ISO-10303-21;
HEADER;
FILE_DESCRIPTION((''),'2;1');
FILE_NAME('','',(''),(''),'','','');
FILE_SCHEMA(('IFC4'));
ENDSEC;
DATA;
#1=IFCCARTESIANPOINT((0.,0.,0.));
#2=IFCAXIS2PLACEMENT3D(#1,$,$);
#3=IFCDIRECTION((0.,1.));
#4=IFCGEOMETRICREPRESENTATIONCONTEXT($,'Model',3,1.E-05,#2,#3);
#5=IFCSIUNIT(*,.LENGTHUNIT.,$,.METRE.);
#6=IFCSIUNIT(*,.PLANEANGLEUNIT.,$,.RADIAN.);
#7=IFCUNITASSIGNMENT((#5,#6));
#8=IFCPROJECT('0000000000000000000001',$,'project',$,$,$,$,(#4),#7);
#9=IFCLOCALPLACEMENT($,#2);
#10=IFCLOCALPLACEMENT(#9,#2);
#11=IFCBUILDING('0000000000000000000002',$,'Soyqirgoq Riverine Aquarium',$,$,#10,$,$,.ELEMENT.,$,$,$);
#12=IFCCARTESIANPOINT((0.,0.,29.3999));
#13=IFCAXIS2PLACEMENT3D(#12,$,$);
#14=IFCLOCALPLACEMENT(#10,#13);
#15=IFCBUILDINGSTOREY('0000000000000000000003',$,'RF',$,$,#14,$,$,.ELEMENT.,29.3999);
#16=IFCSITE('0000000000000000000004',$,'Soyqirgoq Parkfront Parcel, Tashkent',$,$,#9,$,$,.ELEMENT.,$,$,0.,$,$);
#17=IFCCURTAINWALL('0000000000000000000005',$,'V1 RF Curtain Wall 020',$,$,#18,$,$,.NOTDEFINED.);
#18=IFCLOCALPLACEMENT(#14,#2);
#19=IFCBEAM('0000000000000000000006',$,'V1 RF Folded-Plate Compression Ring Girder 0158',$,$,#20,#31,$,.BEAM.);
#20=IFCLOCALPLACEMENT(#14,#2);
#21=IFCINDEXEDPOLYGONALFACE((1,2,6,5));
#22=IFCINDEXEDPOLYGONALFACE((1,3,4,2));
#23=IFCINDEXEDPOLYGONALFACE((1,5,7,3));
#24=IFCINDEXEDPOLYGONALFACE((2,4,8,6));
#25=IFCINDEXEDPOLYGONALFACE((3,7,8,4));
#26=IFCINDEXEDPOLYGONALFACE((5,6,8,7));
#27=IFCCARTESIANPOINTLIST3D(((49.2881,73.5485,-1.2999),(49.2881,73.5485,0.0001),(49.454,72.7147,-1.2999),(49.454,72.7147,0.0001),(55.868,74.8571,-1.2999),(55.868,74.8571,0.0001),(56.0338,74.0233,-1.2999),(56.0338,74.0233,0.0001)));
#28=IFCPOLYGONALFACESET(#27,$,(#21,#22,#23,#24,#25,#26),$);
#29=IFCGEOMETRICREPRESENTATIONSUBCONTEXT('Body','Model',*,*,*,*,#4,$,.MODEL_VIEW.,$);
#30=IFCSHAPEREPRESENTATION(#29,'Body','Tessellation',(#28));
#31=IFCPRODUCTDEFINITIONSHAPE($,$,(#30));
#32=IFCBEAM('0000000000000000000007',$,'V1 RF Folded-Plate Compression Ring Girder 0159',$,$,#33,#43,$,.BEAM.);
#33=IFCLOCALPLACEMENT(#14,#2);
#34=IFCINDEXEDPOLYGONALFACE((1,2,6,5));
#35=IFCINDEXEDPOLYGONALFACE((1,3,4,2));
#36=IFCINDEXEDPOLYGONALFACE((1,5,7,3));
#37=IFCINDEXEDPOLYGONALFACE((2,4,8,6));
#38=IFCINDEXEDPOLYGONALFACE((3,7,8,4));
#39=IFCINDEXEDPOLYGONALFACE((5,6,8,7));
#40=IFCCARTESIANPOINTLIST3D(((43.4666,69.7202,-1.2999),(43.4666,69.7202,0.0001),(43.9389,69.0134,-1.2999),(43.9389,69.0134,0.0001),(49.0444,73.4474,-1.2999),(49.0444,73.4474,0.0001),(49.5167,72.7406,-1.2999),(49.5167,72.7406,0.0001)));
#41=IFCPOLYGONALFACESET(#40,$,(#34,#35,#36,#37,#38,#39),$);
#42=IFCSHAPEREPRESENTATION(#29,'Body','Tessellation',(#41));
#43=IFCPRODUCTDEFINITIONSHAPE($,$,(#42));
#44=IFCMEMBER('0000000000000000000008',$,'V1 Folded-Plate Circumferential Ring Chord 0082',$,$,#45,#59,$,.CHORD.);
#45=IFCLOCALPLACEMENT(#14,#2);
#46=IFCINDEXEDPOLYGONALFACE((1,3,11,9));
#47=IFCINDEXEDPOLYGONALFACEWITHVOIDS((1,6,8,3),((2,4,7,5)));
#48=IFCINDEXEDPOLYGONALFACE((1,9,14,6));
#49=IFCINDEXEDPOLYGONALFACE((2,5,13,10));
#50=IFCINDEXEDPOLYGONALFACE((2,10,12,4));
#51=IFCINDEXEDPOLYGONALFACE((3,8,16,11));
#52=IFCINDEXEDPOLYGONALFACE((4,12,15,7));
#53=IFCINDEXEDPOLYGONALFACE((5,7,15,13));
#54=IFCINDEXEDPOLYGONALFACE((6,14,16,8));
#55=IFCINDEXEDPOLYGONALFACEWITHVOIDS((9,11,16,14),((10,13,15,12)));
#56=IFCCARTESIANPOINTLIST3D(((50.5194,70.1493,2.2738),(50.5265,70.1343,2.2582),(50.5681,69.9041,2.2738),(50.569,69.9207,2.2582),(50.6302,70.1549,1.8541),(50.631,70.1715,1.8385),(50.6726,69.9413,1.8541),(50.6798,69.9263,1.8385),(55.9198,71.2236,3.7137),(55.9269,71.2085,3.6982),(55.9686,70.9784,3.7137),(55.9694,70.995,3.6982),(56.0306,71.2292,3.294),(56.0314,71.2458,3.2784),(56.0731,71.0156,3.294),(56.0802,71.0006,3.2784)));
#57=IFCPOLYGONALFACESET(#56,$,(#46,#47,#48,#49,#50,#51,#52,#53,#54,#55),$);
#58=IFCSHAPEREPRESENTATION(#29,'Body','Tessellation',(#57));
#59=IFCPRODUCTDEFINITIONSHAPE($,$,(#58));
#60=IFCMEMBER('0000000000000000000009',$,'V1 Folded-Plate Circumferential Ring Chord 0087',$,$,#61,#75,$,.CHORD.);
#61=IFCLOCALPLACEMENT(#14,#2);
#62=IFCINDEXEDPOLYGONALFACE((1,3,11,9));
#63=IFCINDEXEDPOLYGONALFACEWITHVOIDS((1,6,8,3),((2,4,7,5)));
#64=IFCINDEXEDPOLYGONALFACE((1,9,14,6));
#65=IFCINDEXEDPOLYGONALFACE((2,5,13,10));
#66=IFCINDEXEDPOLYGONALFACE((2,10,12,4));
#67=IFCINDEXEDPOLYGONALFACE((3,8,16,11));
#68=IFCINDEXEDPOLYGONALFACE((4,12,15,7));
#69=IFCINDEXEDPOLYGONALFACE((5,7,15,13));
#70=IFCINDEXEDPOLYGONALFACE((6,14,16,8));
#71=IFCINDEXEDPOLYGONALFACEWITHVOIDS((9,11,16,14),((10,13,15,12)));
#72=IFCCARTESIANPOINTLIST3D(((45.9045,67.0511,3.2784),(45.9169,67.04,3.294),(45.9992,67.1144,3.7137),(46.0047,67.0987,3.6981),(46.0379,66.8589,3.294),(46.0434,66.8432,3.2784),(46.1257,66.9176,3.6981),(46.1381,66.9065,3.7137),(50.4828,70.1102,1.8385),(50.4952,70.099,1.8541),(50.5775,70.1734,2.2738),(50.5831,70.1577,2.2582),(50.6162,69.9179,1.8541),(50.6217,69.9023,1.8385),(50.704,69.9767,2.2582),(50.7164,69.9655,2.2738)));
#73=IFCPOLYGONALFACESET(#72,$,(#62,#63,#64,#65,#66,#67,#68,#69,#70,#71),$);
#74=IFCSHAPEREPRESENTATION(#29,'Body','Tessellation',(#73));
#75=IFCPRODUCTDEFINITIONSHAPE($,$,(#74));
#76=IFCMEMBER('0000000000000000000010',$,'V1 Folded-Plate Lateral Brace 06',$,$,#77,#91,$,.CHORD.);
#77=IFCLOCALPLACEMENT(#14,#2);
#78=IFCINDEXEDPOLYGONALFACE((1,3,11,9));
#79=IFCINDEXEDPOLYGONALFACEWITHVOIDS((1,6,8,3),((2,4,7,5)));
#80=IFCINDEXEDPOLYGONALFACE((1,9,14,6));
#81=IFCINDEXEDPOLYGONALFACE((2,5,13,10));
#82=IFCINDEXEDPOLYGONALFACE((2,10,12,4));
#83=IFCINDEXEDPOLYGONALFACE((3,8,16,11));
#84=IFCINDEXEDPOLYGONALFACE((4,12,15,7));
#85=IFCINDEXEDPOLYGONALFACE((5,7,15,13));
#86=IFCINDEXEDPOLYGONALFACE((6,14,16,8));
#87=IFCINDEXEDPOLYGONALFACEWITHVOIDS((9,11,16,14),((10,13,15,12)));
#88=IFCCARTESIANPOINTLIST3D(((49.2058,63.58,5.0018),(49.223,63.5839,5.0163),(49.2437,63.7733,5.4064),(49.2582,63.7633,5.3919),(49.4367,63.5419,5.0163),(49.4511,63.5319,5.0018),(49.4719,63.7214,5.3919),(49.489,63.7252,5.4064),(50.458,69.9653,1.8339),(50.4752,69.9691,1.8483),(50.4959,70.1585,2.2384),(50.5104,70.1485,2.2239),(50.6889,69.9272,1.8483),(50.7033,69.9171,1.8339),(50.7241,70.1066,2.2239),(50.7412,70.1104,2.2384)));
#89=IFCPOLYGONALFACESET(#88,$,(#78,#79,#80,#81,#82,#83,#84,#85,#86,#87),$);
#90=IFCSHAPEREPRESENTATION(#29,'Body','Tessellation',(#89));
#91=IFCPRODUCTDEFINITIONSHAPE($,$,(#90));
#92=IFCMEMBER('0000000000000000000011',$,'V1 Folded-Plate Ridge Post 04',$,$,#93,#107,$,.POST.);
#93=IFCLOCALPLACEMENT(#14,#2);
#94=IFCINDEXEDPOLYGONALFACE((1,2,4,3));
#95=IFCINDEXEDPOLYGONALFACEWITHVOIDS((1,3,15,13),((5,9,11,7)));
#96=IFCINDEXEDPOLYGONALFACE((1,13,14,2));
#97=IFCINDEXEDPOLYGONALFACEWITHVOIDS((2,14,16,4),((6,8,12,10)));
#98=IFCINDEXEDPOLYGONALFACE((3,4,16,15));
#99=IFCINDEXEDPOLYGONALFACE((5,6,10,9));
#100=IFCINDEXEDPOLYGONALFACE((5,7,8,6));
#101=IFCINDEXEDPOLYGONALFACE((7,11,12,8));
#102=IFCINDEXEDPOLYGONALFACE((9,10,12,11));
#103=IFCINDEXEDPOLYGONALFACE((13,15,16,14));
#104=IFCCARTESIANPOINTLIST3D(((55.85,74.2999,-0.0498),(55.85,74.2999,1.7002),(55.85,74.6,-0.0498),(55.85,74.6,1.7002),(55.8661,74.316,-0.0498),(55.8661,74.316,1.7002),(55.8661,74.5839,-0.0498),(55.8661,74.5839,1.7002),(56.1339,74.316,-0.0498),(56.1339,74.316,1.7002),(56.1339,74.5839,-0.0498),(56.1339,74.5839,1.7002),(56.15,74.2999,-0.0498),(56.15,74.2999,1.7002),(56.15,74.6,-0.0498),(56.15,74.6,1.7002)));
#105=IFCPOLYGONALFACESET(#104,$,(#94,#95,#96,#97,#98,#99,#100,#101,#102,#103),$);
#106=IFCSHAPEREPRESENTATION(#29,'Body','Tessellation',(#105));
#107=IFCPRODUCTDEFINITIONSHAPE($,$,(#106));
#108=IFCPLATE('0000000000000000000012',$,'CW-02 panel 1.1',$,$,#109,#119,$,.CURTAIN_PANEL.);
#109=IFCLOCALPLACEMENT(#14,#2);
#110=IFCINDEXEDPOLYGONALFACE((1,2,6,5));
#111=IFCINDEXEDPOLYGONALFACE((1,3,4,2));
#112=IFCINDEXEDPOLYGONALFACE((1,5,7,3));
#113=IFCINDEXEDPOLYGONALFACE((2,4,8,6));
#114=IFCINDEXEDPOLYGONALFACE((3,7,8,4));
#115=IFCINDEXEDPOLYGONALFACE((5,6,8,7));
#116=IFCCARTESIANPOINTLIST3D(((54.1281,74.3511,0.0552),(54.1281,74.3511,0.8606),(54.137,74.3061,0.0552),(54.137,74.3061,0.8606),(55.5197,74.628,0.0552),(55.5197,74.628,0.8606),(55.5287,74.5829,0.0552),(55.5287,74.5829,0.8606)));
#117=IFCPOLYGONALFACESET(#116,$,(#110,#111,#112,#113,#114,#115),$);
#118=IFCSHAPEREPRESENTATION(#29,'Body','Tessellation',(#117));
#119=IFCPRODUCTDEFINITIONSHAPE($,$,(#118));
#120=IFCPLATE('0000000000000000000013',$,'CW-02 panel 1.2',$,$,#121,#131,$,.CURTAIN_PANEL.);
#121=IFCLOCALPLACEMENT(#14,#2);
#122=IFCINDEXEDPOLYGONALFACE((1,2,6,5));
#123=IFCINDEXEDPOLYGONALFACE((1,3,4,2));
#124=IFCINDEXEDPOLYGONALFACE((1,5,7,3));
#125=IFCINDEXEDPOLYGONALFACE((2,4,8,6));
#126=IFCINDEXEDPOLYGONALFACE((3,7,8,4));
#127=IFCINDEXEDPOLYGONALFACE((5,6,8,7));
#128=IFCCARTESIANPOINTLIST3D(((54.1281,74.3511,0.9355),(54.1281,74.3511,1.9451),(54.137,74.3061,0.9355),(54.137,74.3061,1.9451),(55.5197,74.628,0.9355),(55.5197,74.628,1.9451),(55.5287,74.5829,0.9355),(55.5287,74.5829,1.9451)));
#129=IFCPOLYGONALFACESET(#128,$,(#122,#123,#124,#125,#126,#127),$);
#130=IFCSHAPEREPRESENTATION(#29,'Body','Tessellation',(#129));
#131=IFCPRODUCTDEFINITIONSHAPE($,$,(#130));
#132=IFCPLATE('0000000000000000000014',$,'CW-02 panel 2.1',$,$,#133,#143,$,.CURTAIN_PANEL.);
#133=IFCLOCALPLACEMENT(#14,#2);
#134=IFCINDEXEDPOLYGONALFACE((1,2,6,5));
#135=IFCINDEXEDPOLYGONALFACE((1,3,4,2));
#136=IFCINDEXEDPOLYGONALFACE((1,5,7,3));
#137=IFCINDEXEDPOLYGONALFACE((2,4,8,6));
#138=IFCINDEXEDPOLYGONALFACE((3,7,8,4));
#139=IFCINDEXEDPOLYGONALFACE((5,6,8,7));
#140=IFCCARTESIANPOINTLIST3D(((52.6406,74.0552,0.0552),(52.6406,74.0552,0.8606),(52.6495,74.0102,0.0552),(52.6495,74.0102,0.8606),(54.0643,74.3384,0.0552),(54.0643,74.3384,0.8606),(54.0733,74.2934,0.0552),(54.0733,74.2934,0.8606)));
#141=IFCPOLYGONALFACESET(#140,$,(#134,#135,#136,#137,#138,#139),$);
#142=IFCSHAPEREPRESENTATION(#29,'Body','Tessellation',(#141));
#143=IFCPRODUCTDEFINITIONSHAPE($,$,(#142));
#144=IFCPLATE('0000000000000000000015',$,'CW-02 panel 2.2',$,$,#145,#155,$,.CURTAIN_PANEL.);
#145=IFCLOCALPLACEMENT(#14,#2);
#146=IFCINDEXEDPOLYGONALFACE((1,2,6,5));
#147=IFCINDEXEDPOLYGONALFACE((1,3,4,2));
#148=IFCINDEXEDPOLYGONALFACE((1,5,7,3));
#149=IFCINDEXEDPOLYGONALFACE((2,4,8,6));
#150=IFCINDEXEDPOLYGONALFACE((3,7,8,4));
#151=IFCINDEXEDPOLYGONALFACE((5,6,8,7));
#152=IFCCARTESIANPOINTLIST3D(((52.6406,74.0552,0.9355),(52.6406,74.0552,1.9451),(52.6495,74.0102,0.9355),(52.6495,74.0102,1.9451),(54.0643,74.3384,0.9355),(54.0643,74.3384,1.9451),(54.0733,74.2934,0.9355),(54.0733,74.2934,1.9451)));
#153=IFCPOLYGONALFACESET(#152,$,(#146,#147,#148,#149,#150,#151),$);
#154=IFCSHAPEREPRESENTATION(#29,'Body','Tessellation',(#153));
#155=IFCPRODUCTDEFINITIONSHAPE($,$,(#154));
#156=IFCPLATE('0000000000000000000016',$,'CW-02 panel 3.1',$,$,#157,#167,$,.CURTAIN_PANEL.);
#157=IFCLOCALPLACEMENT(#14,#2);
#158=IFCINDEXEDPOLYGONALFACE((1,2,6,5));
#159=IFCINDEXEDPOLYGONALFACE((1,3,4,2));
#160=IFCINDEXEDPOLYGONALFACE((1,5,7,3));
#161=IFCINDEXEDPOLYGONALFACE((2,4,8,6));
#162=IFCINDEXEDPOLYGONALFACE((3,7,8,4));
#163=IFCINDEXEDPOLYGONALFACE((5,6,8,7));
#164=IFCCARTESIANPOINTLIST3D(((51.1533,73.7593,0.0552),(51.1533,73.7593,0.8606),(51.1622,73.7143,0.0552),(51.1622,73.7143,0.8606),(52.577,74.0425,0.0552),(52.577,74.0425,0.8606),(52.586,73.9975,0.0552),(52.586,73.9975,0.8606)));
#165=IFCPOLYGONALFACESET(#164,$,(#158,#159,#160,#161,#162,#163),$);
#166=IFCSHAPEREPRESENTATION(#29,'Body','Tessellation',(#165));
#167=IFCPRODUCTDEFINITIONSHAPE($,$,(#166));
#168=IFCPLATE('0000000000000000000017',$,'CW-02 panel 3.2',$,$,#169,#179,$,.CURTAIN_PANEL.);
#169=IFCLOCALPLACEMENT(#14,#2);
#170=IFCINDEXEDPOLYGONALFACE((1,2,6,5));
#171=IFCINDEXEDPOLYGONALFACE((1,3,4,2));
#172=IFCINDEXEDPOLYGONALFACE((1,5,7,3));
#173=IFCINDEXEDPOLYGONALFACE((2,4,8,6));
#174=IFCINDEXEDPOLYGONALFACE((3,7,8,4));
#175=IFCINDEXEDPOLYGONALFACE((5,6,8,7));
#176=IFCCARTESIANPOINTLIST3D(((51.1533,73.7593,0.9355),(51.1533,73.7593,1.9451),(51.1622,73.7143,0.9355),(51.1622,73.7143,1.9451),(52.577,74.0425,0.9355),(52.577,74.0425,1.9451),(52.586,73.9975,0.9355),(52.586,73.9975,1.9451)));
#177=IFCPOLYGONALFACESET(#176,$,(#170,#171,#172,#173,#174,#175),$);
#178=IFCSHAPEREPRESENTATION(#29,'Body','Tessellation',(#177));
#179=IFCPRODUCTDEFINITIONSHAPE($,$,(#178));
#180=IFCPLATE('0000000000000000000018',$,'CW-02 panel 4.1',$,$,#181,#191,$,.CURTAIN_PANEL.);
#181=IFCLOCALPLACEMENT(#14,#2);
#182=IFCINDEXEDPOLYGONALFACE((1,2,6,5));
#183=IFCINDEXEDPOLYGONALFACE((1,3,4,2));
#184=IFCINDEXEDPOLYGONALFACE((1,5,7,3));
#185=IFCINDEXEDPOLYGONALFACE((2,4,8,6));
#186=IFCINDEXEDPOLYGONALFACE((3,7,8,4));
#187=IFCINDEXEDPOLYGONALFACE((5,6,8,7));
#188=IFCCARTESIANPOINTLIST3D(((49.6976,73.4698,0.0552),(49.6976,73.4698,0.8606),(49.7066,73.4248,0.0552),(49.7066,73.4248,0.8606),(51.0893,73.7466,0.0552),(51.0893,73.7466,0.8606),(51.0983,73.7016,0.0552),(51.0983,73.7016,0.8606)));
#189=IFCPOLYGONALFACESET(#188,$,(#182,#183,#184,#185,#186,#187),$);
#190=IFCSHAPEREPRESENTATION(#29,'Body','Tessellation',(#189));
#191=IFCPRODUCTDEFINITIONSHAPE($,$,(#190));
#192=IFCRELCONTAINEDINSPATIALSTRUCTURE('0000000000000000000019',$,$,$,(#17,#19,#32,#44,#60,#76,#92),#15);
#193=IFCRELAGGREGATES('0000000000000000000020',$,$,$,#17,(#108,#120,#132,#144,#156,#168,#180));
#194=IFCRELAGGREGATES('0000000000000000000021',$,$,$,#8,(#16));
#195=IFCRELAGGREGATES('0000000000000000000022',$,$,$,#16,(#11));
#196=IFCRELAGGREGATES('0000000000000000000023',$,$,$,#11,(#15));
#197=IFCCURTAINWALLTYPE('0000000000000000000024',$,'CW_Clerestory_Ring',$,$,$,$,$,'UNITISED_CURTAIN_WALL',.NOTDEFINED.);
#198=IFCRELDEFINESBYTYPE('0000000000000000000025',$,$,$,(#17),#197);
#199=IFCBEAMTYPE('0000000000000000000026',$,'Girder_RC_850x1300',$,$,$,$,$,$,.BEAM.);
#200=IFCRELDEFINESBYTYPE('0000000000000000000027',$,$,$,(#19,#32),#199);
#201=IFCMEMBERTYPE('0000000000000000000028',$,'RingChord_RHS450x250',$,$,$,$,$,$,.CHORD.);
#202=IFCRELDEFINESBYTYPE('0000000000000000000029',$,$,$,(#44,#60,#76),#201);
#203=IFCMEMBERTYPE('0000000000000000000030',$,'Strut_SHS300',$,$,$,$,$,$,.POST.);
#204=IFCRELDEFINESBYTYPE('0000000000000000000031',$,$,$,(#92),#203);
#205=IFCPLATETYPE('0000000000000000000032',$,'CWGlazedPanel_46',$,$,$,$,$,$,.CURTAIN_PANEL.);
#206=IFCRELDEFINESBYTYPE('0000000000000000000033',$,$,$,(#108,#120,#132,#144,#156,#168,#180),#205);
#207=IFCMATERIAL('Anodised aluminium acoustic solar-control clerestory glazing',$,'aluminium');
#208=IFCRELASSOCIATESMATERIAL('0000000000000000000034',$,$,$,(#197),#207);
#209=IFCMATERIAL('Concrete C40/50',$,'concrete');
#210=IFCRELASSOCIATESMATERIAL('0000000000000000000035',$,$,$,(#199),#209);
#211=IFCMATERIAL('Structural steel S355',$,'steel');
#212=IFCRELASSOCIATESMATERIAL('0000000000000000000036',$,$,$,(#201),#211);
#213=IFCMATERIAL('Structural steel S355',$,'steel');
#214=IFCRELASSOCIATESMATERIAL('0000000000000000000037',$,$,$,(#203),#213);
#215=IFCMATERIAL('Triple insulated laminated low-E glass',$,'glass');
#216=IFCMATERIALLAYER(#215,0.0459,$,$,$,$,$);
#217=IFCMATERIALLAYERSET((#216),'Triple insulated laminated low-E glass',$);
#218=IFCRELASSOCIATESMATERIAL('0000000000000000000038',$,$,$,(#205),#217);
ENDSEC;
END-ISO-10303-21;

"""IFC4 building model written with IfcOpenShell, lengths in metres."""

from ifc_helpers import new_model, si_unit, direction, frame, origin, origin_2d, place, context, subcontext, project, spatial, rectangle, hollow_rectangle, extrude, material, layer, layer_set, material_profile, profile_set, type_object, element, aggregate, save


model = new_model("IFC4")

# Units and contexts
model_context = context("Model", 3, precision=1e-05, world=origin(), true_north=direction((0.0, 1.0)))
body_context = subcontext(model_context, "Body", "Model", "MODEL_VIEW")
ifc_project = project(units=[si_unit("LENGTHUNIT", "METRE"), si_unit("PLANEANGLEUNIT", "RADIAN")], contexts=[model_context])

# Site, building, storey
site_placement = place(None, origin())
site = spatial("IfcSite", under=ifc_project, at=site_placement, Name="Soyqirgoq Parkfront Parcel, Tashkent", CompositionType="ELEMENT", RefElevation=0.0)
building_placement = place(site_placement, origin())
building = spatial("IfcBuilding", under=site, at=building_placement, Name="Soyqirgoq Riverine Aquarium", CompositionType="ELEMENT")
storey_placement = place(building_placement, frame((0.0, 0.0, 29.3999)))
storey = spatial("IfcBuildingStorey", under=building, at=storey_placement, Name="RF", CompositionType="ELEMENT", Elevation=29.3999)

# Curtain wall
ifc_material_1 = material(Name="Anodised aluminium acoustic solar-control clerestory glazing", Category="aluminium")
curtain_wall_type = type_object("IfcCurtainWallType", Name="CW_Clerestory_Ring", ElementType="UNITISED_CURTAIN_WALL", PredefinedType="NOTDEFINED", material=ifc_material_1)
curtain_wall_placement = place(storey_placement, origin())
curtain_wall = element("IfcCurtainWall", 1, at=curtain_wall_placement, inside=storey, type_object=curtain_wall_type, Name="V1 RF Curtain Wall 020", PredefinedType="NOTDEFINED")

# Beams
ifc_material_2 = material(Name="Concrete C40/50", Category="concrete")
ifc_material_profile_1 = material_profile(ifc_material_2, rectangle(XDim=0.8501, YDim=1.3, at=origin_2d()), Name="RC 850x1300")
ifc_profile_set_1 = profile_set([ifc_material_profile_1], Name="Concrete C40/50")
beam_type = type_object("IfcBeamType", Name="Girder_RC_850x1300", PredefinedType="BEAM", material=ifc_profile_set_1)
beam_1_placement = place(storey_placement, frame((55.9509, 74.4402, -0.6499), z_axis=(-0.980791, -0.195059, 0.0), x_axis=(0.195059, -0.980791, 0.0)))
element("IfcBeam", 2, at=beam_1_placement, inside=storey, type_object=beam_type, Name="V1 RF Folded-Plate Compression Ring Girder 0158", PredefinedType="BEAM", context=body_context, shape_type="SweptSolid", body=[
    extrude(rectangle(XDim=0.8501, YDim=1.3, at=origin_2d()), origin(), (0.0, 0.0, 1.0), 6.7087),
])
beam_2_placement = place(storey_placement, frame((49.2805, 73.094, -0.6499), z_axis=(-0.831451, -0.555598, 0.0), x_axis=(0.555598, -0.831451, 0.0)))
element("IfcBeam", 3, at=beam_2_placement, inside=storey, type_object=beam_type, Name="V1 RF Folded-Plate Compression Ring Girder 0159", PredefinedType="BEAM", context=body_context, shape_type="SweptSolid", body=[
    extrude(rectangle(XDim=0.8501, YDim=1.3, at=origin_2d()), origin(), (0.0, 0.0, 1.0), 6.7085),
])

# Members
ifc_material_3 = material(Name="Structural steel S355", Category="steel")
ifc_material_profile_2 = material_profile(ifc_material_3, hollow_rectangle(XDim=0.25, YDim=0.45, WallThickness=0.0161, at=origin_2d()), Name="RHS 450x250x16")
ifc_profile_set_2 = profile_set([ifc_material_profile_2], Name="Structural steel S355")
member_type_1 = type_object("IfcMemberType", Name="RingChord_RHS450x250", PredefinedType="CHORD", material=ifc_profile_set_2)
for number, where, z_axis, x_axis, name in (
    (4, (56.0, 71.1121, 3.4961), (-0.948875, -0.188745, -0.253005), (0.195093, -0.980785, 0.0), "V1 Folded-Plate Circumferential Ring Chord 0082"),
    (5, (50.5996, 70.0378, 2.0562), (-0.804426, -0.537485, 0.253), (0.555559, -0.831477, 0.0), "V1 Folded-Plate Circumferential Ring Chord 0087"),
):
    element("IfcMember", number, at=place(storey_placement, frame(where, z_axis=z_axis, x_axis=x_axis)), inside=storey, type_object=member_type_1, Name=name, PredefinedType="CHORD", context=body_context, shape_type="SweptSolid", body=[
        extrude(hollow_rectangle(XDim=0.25, YDim=0.45, WallThickness=0.0161, at=origin_2d()), origin(), (0.0, 0.0, 1.0), 5.6914),
    ])
member_1_placement = place(storey_placement, frame((50.5996, 70.0378, 2.0361), z_axis=(-0.173025, -0.882296, 0.437741), x_axis=(0.981308, -0.192442, 0.0)))
element("IfcMember", 6, at=member_1_placement, inside=storey, type_object=member_type_1, Name="V1 Folded-Plate Lateral Brace 06", PredefinedType="CHORD", context=body_context, shape_type="SweptSolid", body=[
    extrude(hollow_rectangle(XDim=0.25, YDim=0.45, WallThickness=0.0161, at=origin_2d()), origin(), (0.0, 0.0, 1.0), 7.2371),
])
ifc_material_4 = material(Name="Structural steel S355", Category="steel")
ifc_material_profile_3 = material_profile(ifc_material_4, hollow_rectangle(XDim=0.3, YDim=0.3, WallThickness=0.0161, at=origin_2d()), Name="SHS 300x300x16")
ifc_profile_set_3 = profile_set([ifc_material_profile_3], Name="Structural steel S355")
member_type_2 = type_object("IfcMemberType", Name="Strut_SHS300", PredefinedType="POST", material=ifc_profile_set_3)
member_2_placement = place(storey_placement, frame((56.0, 74.45, -0.0498), z_axis=(0.0, 0.0, 1.0), x_axis=(0.0, 1.0, 0.0)))
element("IfcMember", 7, at=member_2_placement, inside=storey, type_object=member_type_2, Name="V1 Folded-Plate Ridge Post 04", PredefinedType="POST", context=body_context, shape_type="SweptSolid", body=[
    extrude(hollow_rectangle(XDim=0.3, YDim=0.3, WallThickness=0.0161, at=origin_2d()), origin(), (0.0, 0.0, 1.0), 1.75),
])

# Plates
ifc_material_5 = material(Name="Triple insulated laminated low-E glass", Category="glass")
ifc_layer_1 = layer(ifc_material_5, 0.0459)
ifc_layer_set_1 = layer_set([ifc_layer_1], Name="Triple insulated laminated low-E glass")
plate_type_1 = type_object("IfcPlateType", Name="CWGlazedPanel_46", PredefinedType="CURTAIN_PANEL", material=ifc_layer_set_1)
plate_1_placement = place(storey_placement, frame((54.8284, 74.467, 0.0552), z_axis=(0.0, 0.0, 1.0), x_axis=(-0.980784, -0.195095, 0.0)))
plate_1 = element("IfcPlate", 8, at=plate_1_placement, type_object=plate_type_1, Name="CW-02 panel 1.1", PredefinedType="CURTAIN_PANEL", context=body_context, shape_type="SweptSolid", body=[
    extrude(rectangle(XDim=1.4189, YDim=0.0459, at=origin_2d()), origin(), (0.0, 0.0, 1.0), 0.8054),
])
plate_2_placement = place(storey_placement, frame((54.8284, 74.467, 0.9355), z_axis=(0.0, 0.0, 1.0), x_axis=(-0.980784, -0.195095, 0.0)))
plate_2 = element("IfcPlate", 9, at=plate_2_placement, type_object=plate_type_1, Name="CW-02 panel 1.2", PredefinedType="CURTAIN_PANEL", context=body_context, shape_type="SweptSolid", body=[
    extrude(rectangle(XDim=1.4189, YDim=0.0459, at=origin_2d()), origin(), (0.0, 0.0, 1.0), 1.0095),
])
plate_3_placement = place(storey_placement, frame((53.3569, 74.1743, 0.0552), z_axis=(0.0, 0.0, 1.0), x_axis=(-0.980784, -0.195095, 0.0)))
plate_3 = element("IfcPlate", 10, at=plate_3_placement, type_object=plate_type_1, Name="CW-02 panel 2.1", PredefinedType="CURTAIN_PANEL", context=body_context, shape_type="SweptSolid", body=[
    extrude(rectangle(XDim=1.4517, YDim=0.0459, at=origin_2d()), origin(), (0.0, 0.0, 1.0), 0.8054),
])
plate_4_placement = place(storey_placement, frame((53.3569, 74.1743, 0.9355), z_axis=(0.0, 0.0, 1.0), x_axis=(-0.980784, -0.195095, 0.0)))
plate_4 = element("IfcPlate", 11, at=plate_4_placement, type_object=plate_type_1, Name="CW-02 panel 2.2", PredefinedType="CURTAIN_PANEL", context=body_context, shape_type="SweptSolid", body=[
    extrude(rectangle(XDim=1.4517, YDim=0.0459, at=origin_2d()), origin(), (0.0, 0.0, 1.0), 1.0095),
])
plate_5_placement = place(storey_placement, frame((51.8696, 73.8784, 0.0552), z_axis=(0.0, 0.0, 1.0), x_axis=(-0.980784, -0.195095, 0.0)))
plate_5 = element("IfcPlate", 12, at=plate_5_placement, type_object=plate_type_1, Name="CW-02 panel 3.1", PredefinedType="CURTAIN_PANEL", context=body_context, shape_type="SweptSolid", body=[
    extrude(rectangle(XDim=1.4517, YDim=0.0459, at=origin_2d()), origin(), (0.0, 0.0, 1.0), 0.8054),
])
plate_6_placement = place(storey_placement, frame((51.8696, 73.8784, 0.9355), z_axis=(0.0, 0.0, 1.0), x_axis=(-0.980784, -0.195095, 0.0)))
plate_6 = element("IfcPlate", 13, at=plate_6_placement, type_object=plate_type_1, Name="CW-02 panel 3.2", PredefinedType="CURTAIN_PANEL", context=body_context, shape_type="SweptSolid", body=[
    extrude(rectangle(XDim=1.4517, YDim=0.0459, at=origin_2d()), origin(), (0.0, 0.0, 1.0), 1.0095),
])
plate_7_placement = place(storey_placement, frame((50.3979, 73.5857, 0.0552), z_axis=(0.0, 0.0, 1.0), x_axis=(-0.980784, -0.195095, 0.0)))
plate_7 = element("IfcPlate", 14, at=plate_7_placement, type_object=plate_type_1, Name="CW-02 panel 4.1", PredefinedType="CURTAIN_PANEL", context=body_context, shape_type="SweptSolid", body=[
    extrude(rectangle(XDim=1.4189, YDim=0.0459, at=origin_2d()), origin(), (0.0, 0.0, 1.0), 0.8054),
])
aggregate(curtain_wall, [plate_1, plate_2, plate_3, plate_4, plate_5, plate_6, plate_7])

save(model, "model.ifc")
